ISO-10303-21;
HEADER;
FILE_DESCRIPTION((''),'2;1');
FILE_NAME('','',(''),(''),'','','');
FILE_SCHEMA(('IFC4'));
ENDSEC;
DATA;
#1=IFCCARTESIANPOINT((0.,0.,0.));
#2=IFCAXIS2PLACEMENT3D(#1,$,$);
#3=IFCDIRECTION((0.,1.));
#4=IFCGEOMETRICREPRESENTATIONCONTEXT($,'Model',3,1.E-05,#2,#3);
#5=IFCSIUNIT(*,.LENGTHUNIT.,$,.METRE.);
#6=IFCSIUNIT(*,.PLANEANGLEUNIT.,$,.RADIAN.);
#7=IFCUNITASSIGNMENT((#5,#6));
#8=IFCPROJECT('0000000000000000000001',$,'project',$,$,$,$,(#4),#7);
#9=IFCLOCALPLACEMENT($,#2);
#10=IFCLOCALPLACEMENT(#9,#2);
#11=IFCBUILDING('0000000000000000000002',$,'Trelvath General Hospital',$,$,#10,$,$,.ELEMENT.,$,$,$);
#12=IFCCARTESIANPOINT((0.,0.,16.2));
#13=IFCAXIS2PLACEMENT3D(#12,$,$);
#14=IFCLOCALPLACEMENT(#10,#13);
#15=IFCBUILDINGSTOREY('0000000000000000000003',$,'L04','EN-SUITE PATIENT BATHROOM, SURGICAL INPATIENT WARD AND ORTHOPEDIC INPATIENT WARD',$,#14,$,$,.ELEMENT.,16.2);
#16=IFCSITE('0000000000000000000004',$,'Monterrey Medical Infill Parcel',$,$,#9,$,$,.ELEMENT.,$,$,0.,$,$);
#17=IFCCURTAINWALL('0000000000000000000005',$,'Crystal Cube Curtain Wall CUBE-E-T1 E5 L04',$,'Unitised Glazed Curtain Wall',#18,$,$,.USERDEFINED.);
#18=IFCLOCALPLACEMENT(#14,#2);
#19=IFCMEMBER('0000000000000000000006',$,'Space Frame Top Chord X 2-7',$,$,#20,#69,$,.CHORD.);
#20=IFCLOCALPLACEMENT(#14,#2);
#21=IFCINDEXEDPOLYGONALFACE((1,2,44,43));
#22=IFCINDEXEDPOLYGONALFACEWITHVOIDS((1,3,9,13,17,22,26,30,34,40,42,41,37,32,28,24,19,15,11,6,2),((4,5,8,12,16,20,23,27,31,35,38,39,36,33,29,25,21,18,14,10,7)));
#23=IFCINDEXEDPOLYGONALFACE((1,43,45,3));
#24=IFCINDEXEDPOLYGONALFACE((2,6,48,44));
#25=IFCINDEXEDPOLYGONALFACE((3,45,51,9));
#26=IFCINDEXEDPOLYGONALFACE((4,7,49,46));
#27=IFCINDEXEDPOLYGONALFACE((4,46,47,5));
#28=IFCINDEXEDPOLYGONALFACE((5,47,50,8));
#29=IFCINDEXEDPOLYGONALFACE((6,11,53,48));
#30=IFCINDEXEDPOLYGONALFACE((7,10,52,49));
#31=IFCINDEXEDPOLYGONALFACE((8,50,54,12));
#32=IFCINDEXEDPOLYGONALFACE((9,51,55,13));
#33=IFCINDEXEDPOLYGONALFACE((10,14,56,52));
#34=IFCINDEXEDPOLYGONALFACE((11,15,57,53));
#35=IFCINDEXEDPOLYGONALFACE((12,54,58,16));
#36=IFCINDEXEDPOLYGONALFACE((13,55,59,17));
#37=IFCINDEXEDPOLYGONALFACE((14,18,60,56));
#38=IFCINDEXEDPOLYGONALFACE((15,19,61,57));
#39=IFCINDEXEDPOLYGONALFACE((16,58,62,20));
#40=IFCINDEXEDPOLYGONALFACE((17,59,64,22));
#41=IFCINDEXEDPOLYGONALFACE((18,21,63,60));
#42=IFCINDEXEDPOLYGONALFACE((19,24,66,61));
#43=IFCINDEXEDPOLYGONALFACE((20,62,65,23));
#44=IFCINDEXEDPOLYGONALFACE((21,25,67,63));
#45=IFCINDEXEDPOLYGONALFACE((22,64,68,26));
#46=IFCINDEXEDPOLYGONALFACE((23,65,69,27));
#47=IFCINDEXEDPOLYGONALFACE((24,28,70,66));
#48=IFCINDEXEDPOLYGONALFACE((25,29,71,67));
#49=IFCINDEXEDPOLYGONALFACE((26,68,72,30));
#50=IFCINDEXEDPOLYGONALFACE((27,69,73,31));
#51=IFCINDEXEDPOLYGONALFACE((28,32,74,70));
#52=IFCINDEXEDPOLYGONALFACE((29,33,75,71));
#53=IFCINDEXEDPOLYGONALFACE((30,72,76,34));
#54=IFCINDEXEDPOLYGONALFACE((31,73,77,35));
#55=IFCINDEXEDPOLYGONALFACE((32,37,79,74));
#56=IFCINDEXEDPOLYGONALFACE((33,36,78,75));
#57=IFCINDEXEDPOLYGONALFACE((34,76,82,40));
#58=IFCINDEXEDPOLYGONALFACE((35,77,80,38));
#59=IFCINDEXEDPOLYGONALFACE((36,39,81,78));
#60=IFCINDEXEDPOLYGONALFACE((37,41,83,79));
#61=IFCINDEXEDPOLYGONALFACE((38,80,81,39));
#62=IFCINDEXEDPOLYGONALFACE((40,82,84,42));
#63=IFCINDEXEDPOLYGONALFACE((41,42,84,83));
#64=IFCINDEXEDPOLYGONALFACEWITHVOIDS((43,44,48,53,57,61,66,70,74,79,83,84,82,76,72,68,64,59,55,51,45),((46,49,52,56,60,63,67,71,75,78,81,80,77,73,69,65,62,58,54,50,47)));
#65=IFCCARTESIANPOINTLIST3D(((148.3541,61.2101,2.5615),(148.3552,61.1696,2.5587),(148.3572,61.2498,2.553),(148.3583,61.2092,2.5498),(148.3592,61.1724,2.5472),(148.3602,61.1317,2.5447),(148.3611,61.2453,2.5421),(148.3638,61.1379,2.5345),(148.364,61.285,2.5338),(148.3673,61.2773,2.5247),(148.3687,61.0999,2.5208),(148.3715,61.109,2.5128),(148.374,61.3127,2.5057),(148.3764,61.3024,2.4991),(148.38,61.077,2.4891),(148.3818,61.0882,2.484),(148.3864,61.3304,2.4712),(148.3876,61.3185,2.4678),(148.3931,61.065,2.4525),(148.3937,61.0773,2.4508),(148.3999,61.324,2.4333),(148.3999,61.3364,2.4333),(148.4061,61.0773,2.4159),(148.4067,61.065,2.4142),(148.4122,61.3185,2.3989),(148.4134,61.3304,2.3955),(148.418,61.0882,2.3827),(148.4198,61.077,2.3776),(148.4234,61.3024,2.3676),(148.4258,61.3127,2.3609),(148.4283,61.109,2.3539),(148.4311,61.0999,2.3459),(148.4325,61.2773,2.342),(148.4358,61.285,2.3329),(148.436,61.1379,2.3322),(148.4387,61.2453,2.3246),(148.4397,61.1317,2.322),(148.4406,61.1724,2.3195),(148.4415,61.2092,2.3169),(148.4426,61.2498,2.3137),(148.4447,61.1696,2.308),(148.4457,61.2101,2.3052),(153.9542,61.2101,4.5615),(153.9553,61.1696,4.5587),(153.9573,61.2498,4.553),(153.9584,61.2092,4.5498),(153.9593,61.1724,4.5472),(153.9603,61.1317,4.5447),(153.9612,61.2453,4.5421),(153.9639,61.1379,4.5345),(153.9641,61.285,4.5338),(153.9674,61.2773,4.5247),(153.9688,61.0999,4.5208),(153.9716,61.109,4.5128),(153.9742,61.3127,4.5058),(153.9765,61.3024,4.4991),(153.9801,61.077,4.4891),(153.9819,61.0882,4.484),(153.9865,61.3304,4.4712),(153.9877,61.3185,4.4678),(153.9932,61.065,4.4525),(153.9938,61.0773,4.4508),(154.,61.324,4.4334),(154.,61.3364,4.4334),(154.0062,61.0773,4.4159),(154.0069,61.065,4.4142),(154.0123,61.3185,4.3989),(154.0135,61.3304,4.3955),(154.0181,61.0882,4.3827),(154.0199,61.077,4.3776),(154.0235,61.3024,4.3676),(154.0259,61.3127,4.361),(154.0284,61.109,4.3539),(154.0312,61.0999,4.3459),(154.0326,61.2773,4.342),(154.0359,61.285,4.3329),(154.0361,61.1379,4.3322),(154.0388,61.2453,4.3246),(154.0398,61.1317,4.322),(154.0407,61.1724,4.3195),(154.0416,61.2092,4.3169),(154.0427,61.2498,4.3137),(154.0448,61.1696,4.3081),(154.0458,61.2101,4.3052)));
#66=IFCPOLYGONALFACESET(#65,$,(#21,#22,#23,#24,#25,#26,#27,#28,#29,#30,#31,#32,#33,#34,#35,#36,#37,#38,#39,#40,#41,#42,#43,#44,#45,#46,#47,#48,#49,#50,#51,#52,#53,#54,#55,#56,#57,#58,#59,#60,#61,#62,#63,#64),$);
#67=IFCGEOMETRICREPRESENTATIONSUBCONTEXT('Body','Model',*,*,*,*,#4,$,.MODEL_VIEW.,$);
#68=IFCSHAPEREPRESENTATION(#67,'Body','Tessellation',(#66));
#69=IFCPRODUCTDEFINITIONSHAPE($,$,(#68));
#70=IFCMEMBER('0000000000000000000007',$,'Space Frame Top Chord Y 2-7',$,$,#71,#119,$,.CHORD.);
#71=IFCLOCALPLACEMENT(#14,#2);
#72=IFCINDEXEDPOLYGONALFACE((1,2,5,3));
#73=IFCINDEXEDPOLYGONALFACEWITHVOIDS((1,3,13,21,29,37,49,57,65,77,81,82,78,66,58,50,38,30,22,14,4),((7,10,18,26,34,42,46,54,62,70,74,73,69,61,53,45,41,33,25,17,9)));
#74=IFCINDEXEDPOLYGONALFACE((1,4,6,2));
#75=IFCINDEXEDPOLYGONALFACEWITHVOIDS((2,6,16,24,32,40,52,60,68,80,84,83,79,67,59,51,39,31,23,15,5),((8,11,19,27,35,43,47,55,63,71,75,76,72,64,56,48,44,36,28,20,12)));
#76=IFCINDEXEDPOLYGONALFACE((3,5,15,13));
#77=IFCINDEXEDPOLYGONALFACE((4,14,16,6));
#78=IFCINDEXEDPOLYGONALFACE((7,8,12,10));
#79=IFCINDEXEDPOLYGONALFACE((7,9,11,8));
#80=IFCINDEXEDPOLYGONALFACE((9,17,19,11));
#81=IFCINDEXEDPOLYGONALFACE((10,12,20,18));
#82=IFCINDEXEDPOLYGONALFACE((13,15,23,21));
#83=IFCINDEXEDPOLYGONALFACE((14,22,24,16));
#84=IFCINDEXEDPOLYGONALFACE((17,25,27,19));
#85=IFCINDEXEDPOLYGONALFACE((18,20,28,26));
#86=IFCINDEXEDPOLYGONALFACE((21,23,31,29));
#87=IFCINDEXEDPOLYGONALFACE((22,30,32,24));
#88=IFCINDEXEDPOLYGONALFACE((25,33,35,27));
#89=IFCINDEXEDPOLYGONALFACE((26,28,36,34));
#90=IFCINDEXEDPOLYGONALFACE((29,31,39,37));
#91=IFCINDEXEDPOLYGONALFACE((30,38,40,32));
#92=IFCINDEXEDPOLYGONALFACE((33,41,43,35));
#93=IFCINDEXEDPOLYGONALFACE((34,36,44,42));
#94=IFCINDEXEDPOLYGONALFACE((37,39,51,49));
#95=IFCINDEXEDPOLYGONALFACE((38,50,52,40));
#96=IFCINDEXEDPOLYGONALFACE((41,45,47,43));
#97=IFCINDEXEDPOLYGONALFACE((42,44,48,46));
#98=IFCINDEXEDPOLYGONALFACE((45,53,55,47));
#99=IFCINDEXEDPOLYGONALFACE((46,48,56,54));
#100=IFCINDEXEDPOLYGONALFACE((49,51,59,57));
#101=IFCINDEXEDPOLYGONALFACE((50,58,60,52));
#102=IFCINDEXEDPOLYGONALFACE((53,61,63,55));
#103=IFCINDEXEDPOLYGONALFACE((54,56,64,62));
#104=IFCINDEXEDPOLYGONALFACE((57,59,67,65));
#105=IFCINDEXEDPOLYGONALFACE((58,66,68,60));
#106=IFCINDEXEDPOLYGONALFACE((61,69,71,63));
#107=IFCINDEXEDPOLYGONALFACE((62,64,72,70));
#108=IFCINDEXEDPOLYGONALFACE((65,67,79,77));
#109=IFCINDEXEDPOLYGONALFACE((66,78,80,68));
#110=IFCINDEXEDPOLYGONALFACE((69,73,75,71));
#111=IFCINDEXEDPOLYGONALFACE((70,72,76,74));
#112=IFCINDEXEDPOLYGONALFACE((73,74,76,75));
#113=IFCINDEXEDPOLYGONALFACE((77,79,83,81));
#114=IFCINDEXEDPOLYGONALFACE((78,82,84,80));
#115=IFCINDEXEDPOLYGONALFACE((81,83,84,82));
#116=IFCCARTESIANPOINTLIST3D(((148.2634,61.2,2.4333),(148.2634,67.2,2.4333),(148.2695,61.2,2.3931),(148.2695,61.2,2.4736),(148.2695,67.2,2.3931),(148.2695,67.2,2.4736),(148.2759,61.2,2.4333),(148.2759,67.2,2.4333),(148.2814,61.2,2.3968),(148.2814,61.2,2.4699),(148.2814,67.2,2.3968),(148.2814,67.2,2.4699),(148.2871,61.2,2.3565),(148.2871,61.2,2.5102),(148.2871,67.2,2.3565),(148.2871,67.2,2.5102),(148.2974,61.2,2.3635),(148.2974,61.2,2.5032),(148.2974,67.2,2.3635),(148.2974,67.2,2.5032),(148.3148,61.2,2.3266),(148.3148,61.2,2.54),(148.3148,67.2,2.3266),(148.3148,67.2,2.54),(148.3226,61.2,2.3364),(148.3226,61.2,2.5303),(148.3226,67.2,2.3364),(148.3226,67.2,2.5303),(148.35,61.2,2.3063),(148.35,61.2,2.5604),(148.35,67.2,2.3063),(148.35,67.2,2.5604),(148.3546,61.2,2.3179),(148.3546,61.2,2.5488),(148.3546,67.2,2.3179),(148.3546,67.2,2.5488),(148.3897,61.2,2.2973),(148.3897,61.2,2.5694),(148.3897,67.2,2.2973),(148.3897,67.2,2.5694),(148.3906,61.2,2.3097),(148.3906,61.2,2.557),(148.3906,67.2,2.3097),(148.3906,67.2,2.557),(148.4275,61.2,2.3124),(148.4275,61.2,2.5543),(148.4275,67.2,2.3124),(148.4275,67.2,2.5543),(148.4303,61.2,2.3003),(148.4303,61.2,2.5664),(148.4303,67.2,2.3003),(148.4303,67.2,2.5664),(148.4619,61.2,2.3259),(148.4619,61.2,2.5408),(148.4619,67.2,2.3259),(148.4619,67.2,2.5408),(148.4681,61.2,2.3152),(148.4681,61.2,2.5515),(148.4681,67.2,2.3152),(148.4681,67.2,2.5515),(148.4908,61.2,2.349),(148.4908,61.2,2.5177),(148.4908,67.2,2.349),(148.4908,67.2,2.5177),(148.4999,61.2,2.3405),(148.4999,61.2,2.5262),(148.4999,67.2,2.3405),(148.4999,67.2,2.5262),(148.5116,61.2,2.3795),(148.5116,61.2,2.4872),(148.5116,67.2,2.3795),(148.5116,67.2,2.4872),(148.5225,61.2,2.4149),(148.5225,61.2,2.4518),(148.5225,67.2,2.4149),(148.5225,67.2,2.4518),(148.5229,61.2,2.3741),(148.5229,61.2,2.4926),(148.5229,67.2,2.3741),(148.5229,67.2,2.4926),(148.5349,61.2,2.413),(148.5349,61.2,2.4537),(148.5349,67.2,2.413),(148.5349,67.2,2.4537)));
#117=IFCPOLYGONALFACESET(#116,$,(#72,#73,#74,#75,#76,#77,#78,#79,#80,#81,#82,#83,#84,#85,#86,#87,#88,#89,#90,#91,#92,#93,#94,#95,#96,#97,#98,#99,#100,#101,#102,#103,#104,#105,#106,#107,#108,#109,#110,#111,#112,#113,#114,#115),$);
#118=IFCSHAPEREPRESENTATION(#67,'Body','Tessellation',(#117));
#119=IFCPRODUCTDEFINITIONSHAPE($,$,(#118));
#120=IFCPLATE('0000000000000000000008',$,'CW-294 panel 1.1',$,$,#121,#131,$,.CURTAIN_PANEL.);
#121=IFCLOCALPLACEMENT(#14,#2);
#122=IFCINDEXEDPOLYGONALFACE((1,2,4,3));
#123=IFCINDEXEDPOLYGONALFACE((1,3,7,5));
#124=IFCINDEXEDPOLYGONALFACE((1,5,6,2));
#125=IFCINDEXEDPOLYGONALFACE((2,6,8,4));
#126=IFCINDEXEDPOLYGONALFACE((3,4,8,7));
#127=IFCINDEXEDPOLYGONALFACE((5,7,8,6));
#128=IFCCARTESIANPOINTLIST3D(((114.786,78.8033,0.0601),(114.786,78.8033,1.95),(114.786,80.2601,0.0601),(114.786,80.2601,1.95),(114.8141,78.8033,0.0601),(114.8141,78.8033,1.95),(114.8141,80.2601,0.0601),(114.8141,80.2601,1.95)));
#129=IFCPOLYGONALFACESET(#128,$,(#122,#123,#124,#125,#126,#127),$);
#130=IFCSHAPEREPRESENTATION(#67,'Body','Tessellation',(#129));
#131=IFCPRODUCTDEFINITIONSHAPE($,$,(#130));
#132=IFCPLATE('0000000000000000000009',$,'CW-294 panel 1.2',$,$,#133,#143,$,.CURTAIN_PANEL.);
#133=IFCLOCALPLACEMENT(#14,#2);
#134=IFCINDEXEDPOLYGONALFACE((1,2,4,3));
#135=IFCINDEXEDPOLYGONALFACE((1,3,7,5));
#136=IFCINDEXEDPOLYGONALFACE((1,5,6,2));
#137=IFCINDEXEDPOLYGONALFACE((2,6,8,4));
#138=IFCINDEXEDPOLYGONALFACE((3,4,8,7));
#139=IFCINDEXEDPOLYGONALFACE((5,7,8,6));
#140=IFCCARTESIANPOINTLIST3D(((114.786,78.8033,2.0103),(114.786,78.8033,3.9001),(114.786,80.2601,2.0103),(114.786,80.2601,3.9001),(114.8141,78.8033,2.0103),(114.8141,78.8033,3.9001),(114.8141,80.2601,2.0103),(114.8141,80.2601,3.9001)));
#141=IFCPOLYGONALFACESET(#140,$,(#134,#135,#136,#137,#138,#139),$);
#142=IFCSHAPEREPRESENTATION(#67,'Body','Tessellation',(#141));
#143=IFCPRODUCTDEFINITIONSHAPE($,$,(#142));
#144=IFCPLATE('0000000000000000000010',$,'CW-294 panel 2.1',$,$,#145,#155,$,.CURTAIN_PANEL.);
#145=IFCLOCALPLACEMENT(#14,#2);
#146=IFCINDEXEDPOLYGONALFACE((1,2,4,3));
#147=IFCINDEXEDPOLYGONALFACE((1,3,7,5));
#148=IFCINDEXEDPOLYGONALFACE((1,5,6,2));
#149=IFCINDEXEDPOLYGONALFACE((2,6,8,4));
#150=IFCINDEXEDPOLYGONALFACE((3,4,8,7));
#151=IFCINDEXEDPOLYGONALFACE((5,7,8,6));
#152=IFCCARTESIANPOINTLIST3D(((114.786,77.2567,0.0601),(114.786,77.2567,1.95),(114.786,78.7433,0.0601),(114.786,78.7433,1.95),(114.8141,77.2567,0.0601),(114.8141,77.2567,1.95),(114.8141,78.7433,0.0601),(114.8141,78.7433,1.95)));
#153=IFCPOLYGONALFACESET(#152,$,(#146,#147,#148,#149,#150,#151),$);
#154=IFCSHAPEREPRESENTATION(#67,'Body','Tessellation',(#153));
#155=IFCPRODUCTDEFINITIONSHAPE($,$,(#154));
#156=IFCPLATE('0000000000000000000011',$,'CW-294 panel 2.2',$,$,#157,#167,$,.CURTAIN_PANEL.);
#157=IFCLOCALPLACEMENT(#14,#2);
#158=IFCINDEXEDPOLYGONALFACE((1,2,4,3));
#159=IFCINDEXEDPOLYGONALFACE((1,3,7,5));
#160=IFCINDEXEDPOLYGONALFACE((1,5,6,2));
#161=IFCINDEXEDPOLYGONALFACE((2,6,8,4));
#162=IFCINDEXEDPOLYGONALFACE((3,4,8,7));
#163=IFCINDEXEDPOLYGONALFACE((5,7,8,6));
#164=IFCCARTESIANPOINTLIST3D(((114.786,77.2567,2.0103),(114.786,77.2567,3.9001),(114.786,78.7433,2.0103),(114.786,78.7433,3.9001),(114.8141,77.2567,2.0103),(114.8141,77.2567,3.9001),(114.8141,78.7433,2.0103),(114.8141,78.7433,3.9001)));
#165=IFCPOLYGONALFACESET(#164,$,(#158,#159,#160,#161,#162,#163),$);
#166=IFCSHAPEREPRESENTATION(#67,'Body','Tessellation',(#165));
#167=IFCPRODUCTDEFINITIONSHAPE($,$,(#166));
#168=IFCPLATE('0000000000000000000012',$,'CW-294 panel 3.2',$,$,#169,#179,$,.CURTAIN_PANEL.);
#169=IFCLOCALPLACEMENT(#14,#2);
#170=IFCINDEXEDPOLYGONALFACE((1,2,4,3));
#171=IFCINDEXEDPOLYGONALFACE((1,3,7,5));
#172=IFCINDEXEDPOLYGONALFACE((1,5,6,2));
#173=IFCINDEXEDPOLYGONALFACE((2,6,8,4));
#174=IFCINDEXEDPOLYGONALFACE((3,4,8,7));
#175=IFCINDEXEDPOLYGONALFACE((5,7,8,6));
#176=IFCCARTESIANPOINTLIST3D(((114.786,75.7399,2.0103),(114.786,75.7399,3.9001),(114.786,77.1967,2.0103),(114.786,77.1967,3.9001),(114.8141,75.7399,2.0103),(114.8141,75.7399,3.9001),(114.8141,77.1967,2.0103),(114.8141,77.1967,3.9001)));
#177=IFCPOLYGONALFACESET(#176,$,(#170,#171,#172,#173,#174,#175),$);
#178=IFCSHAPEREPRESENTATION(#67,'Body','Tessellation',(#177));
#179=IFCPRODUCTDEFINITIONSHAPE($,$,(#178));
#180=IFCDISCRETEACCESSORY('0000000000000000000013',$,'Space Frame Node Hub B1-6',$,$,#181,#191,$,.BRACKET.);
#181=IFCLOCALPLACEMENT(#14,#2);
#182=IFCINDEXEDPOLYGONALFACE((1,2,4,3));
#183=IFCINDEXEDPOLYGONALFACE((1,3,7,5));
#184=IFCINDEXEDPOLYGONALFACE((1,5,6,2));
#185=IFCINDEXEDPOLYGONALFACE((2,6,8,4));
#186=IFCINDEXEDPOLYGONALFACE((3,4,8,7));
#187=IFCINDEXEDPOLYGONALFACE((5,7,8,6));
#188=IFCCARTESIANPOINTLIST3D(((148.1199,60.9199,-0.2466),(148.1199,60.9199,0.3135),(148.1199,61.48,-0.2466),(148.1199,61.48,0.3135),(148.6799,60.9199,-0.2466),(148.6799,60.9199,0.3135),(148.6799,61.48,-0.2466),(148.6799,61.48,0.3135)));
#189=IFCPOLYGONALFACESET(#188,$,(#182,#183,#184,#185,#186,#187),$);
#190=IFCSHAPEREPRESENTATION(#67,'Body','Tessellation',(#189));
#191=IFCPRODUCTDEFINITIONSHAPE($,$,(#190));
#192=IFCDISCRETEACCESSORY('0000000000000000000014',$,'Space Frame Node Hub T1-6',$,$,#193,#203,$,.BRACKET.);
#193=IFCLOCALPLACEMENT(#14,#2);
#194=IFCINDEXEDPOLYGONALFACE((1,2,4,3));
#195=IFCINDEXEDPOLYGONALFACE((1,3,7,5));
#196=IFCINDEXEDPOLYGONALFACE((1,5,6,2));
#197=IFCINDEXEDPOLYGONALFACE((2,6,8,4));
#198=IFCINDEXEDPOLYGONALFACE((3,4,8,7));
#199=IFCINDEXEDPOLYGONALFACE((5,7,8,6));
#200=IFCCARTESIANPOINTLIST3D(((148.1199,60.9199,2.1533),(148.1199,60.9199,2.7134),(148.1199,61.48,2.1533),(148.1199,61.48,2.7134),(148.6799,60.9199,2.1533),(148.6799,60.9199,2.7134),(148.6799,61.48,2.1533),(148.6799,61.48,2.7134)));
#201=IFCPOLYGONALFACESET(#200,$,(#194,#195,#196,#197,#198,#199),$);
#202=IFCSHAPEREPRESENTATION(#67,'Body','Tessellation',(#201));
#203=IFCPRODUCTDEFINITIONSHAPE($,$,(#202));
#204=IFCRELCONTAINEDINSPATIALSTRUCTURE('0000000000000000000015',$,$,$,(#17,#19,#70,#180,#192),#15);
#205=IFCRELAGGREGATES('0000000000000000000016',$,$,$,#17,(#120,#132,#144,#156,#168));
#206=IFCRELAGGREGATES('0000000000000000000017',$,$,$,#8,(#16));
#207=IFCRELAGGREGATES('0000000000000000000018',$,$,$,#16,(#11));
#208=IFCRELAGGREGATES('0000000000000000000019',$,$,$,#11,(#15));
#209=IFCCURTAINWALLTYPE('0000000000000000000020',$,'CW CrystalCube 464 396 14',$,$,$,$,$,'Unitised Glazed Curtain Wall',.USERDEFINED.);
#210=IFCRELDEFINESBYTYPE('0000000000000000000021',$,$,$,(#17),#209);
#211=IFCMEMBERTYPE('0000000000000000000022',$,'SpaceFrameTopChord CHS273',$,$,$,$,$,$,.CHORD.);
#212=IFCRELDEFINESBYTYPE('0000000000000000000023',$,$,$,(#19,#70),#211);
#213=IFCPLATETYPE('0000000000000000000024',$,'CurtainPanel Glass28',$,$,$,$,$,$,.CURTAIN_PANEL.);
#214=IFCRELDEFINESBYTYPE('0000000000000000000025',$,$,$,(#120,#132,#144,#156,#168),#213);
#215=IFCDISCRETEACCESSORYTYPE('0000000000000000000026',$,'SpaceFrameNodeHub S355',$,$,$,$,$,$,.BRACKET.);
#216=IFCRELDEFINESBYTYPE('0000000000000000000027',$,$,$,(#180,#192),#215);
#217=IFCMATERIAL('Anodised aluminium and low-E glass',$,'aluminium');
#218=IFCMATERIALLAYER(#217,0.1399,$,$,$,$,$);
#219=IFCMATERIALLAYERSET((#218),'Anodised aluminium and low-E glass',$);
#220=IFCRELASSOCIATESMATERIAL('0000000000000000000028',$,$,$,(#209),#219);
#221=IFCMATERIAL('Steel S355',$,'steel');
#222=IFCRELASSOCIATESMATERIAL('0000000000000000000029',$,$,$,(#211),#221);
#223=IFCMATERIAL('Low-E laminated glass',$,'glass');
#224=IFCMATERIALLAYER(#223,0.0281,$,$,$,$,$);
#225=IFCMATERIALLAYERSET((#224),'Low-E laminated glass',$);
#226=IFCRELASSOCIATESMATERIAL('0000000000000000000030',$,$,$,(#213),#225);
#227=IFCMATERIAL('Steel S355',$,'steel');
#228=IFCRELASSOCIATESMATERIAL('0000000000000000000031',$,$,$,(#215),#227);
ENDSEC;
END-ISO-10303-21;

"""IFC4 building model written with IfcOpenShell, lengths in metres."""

from ifc_helpers import new_model, si_unit, direction, frame, origin, origin_2d, place, context, subcontext, project, spatial, rectangle, hollow_circle, extrude, material, layer, layer_set, material_profile, profile_set, type_object, element, aggregate, save


model = new_model("IFC4")

# Units and contexts
model_context = context("Model", 3, precision=1e-05, world=origin(), true_north=direction((0.0, 1.0)))
body_context = subcontext(model_context, "Body", "Model", "MODEL_VIEW")
ifc_project = project(units=[si_unit("LENGTHUNIT", "METRE"), si_unit("PLANEANGLEUNIT", "RADIAN")], contexts=[model_context])

# Site, building, storey
site_placement = place(None, origin())
site = spatial("IfcSite", under=ifc_project, at=site_placement, Name="Monterrey Medical Infill Parcel", CompositionType="ELEMENT", RefElevation=0.0)
building_placement = place(site_placement, origin())
building = spatial("IfcBuilding", under=site, at=building_placement, Name="Trelvath General Hospital", CompositionType="ELEMENT")
storey_placement = place(building_placement, frame((0.0, 0.0, 16.2)))
storey = spatial("IfcBuildingStorey", under=building, at=storey_placement, Name="L04", Description="EN-SUITE PATIENT BATHROOM, SURGICAL INPATIENT WARD AND ORTHOPEDIC INPATIENT WARD", CompositionType="ELEMENT", Elevation=16.2)

# Curtain wall
ifc_material_1 = material(Name="Anodised aluminium and low-E glass", Category="aluminium")
ifc_layer_1 = layer(ifc_material_1, 0.1399)
ifc_layer_set_1 = layer_set([ifc_layer_1], Name="Anodised aluminium and low-E glass")
curtain_wall_type = type_object("IfcCurtainWallType", Name="CW CrystalCube 464 396 14", ElementType="Unitised Glazed Curtain Wall", PredefinedType="USERDEFINED", material=ifc_layer_set_1)
curtain_wall_placement = place(storey_placement, origin())
curtain_wall = element("IfcCurtainWall", 1, at=curtain_wall_placement, inside=storey, type_object=curtain_wall_type, Name="Crystal Cube Curtain Wall CUBE-E-T1 E5 L04", ObjectType="Unitised Glazed Curtain Wall", PredefinedType="USERDEFINED")

# Members
ifc_material_2 = material(Name="Steel S355", Category="steel")
ifc_material_profile_1 = material_profile(ifc_material_2, hollow_circle(Radius=0.1365, WallThickness=0.0125, at=origin_2d()), Name="CHS273.0x12.5")
ifc_profile_set_1 = profile_set([ifc_material_profile_1], Name="Steel S355")
member_type_1 = type_object("IfcMemberType", Name="SpaceFrameTopChord CHS273", PredefinedType="CHORD", material=ifc_profile_set_1)
member_1_placement = place(storey_placement, frame((148.3999, 61.2, 2.4333), z_axis=(0.941744, 0.0, 0.336331), x_axis=(0.0, 1.0, 0.0)))
element("IfcMember", 2, at=member_1_placement, inside=storey, type_object=member_type_1, Name="Space Frame Top Chord X 2-7", PredefinedType="CHORD", context=body_context, shape_type="SweptSolid", body=[
    extrude(hollow_circle(Radius=0.1365, WallThickness=0.0125, at=origin_2d()), origin(), (0.0, 0.0, 1.0), 5.9465),
])
member_2_placement = place(storey_placement, frame((148.3999, 61.2, 2.4333), z_axis=(0.0, 1.0, 0.0), x_axis=(-1.0, 0.0, 0.0)))
element("IfcMember", 3, at=member_2_placement, inside=storey, type_object=member_type_1, Name="Space Frame Top Chord Y 2-7", PredefinedType="CHORD", context=body_context, shape_type="SweptSolid", body=[
    extrude(hollow_circle(Radius=0.1365, WallThickness=0.0125, at=origin_2d()), origin(), (0.0, 0.0, 1.0), 6.0),
])

# Plates
ifc_material_3 = material(Name="Low-E laminated glass", Category="glass")
ifc_layer_2 = layer(ifc_material_3, 0.0281)
ifc_layer_set_2 = layer_set([ifc_layer_2], Name="Low-E laminated glass")
plate_type = type_object("IfcPlateType", Name="CurtainPanel Glass28", PredefinedType="CURTAIN_PANEL", material=ifc_layer_set_2)
plate_1_placement = place(storey_placement, frame((114.8, 79.5317, 0.0601), z_axis=(0.0, 0.0, 1.0), x_axis=(0.0, -1.0, 0.0)))
plate_1 = element("IfcPlate", 4, at=plate_1_placement, type_object=plate_type, Name="CW-294 panel 1.1", PredefinedType="CURTAIN_PANEL", context=body_context, shape_type="SweptSolid", body=[
    extrude(rectangle(XDim=1.4568, YDim=0.0281, at=origin_2d()), origin(), (0.0, 0.0, 1.0), 1.8899),
])
plate_2_placement = place(storey_placement, frame((114.8, 79.5317, 2.0103), z_axis=(0.0, 0.0, 1.0), x_axis=(0.0, -1.0, 0.0)))
plate_2 = element("IfcPlate", 5, at=plate_2_placement, type_object=plate_type, Name="CW-294 panel 1.2", PredefinedType="CURTAIN_PANEL", context=body_context, shape_type="SweptSolid", body=[
    extrude(rectangle(XDim=1.4568, YDim=0.0281, at=origin_2d()), origin(), (0.0, 0.0, 1.0), 1.8899),
])
plate_3_placement = place(storey_placement, frame((114.8, 78.0, 0.0601), z_axis=(0.0, 0.0, 1.0), x_axis=(0.0, -1.0, 0.0)))
plate_3 = element("IfcPlate", 6, at=plate_3_placement, type_object=plate_type, Name="CW-294 panel 2.1", PredefinedType="CURTAIN_PANEL", context=body_context, shape_type="SweptSolid", body=[
    extrude(rectangle(XDim=1.4866, YDim=0.0281, at=origin_2d()), origin(), (0.0, 0.0, 1.0), 1.8899),
])
plate_4_placement = place(storey_placement, frame((114.8, 78.0, 2.0103), z_axis=(0.0, 0.0, 1.0), x_axis=(0.0, -1.0, 0.0)))
plate_4 = element("IfcPlate", 7, at=plate_4_placement, type_object=plate_type, Name="CW-294 panel 2.2", PredefinedType="CURTAIN_PANEL", context=body_context, shape_type="SweptSolid", body=[
    extrude(rectangle(XDim=1.4866, YDim=0.0281, at=origin_2d()), origin(), (0.0, 0.0, 1.0), 1.8899),
])
plate_5_placement = place(storey_placement, frame((114.8, 76.4683, 2.0103), z_axis=(0.0, 0.0, 1.0), x_axis=(0.0, -1.0, 0.0)))
plate_5 = element("IfcPlate", 8, at=plate_5_placement, type_object=plate_type, Name="CW-294 panel 3.2", PredefinedType="CURTAIN_PANEL", context=body_context, shape_type="SweptSolid", body=[
    extrude(rectangle(XDim=1.4568, YDim=0.0281, at=origin_2d()), origin(), (0.0, 0.0, 1.0), 1.8899),
])
aggregate(curtain_wall, [plate_1, plate_2, plate_3, plate_4, plate_5])

# Discrete accessories
ifc_material_4 = material(Name="Steel S355", Category="steel")
discrete_accessory_type = type_object("IfcDiscreteAccessoryType", Name="SpaceFrameNodeHub S355", PredefinedType="BRACKET", material=ifc_material_4)
for number, where, z_axis, x_axis, name in (
    (9, (148.3999, 61.2, -0.2466), (0.0, 0.0, 1.0), (1.0, 0.0, 0.0), "Space Frame Node Hub B1-6"),
    (10, (148.3999, 61.2, 2.1533), (0.0, 0.0, 1.0), (1.0, 0.0, 0.0), "Space Frame Node Hub T1-6"),
):
    element("IfcDiscreteAccessory", number, at=place(storey_placement, frame(where, z_axis=z_axis, x_axis=x_axis)), inside=storey, type_object=discrete_accessory_type, Name=name, PredefinedType="BRACKET", context=body_context, shape_type="SweptSolid", body=[
        extrude(rectangle(XDim=0.5601, YDim=0.5601, at=origin_2d()), origin(), (0.0, 0.0, 1.0), 0.5601),
    ])

save(model, "model.ifc")
